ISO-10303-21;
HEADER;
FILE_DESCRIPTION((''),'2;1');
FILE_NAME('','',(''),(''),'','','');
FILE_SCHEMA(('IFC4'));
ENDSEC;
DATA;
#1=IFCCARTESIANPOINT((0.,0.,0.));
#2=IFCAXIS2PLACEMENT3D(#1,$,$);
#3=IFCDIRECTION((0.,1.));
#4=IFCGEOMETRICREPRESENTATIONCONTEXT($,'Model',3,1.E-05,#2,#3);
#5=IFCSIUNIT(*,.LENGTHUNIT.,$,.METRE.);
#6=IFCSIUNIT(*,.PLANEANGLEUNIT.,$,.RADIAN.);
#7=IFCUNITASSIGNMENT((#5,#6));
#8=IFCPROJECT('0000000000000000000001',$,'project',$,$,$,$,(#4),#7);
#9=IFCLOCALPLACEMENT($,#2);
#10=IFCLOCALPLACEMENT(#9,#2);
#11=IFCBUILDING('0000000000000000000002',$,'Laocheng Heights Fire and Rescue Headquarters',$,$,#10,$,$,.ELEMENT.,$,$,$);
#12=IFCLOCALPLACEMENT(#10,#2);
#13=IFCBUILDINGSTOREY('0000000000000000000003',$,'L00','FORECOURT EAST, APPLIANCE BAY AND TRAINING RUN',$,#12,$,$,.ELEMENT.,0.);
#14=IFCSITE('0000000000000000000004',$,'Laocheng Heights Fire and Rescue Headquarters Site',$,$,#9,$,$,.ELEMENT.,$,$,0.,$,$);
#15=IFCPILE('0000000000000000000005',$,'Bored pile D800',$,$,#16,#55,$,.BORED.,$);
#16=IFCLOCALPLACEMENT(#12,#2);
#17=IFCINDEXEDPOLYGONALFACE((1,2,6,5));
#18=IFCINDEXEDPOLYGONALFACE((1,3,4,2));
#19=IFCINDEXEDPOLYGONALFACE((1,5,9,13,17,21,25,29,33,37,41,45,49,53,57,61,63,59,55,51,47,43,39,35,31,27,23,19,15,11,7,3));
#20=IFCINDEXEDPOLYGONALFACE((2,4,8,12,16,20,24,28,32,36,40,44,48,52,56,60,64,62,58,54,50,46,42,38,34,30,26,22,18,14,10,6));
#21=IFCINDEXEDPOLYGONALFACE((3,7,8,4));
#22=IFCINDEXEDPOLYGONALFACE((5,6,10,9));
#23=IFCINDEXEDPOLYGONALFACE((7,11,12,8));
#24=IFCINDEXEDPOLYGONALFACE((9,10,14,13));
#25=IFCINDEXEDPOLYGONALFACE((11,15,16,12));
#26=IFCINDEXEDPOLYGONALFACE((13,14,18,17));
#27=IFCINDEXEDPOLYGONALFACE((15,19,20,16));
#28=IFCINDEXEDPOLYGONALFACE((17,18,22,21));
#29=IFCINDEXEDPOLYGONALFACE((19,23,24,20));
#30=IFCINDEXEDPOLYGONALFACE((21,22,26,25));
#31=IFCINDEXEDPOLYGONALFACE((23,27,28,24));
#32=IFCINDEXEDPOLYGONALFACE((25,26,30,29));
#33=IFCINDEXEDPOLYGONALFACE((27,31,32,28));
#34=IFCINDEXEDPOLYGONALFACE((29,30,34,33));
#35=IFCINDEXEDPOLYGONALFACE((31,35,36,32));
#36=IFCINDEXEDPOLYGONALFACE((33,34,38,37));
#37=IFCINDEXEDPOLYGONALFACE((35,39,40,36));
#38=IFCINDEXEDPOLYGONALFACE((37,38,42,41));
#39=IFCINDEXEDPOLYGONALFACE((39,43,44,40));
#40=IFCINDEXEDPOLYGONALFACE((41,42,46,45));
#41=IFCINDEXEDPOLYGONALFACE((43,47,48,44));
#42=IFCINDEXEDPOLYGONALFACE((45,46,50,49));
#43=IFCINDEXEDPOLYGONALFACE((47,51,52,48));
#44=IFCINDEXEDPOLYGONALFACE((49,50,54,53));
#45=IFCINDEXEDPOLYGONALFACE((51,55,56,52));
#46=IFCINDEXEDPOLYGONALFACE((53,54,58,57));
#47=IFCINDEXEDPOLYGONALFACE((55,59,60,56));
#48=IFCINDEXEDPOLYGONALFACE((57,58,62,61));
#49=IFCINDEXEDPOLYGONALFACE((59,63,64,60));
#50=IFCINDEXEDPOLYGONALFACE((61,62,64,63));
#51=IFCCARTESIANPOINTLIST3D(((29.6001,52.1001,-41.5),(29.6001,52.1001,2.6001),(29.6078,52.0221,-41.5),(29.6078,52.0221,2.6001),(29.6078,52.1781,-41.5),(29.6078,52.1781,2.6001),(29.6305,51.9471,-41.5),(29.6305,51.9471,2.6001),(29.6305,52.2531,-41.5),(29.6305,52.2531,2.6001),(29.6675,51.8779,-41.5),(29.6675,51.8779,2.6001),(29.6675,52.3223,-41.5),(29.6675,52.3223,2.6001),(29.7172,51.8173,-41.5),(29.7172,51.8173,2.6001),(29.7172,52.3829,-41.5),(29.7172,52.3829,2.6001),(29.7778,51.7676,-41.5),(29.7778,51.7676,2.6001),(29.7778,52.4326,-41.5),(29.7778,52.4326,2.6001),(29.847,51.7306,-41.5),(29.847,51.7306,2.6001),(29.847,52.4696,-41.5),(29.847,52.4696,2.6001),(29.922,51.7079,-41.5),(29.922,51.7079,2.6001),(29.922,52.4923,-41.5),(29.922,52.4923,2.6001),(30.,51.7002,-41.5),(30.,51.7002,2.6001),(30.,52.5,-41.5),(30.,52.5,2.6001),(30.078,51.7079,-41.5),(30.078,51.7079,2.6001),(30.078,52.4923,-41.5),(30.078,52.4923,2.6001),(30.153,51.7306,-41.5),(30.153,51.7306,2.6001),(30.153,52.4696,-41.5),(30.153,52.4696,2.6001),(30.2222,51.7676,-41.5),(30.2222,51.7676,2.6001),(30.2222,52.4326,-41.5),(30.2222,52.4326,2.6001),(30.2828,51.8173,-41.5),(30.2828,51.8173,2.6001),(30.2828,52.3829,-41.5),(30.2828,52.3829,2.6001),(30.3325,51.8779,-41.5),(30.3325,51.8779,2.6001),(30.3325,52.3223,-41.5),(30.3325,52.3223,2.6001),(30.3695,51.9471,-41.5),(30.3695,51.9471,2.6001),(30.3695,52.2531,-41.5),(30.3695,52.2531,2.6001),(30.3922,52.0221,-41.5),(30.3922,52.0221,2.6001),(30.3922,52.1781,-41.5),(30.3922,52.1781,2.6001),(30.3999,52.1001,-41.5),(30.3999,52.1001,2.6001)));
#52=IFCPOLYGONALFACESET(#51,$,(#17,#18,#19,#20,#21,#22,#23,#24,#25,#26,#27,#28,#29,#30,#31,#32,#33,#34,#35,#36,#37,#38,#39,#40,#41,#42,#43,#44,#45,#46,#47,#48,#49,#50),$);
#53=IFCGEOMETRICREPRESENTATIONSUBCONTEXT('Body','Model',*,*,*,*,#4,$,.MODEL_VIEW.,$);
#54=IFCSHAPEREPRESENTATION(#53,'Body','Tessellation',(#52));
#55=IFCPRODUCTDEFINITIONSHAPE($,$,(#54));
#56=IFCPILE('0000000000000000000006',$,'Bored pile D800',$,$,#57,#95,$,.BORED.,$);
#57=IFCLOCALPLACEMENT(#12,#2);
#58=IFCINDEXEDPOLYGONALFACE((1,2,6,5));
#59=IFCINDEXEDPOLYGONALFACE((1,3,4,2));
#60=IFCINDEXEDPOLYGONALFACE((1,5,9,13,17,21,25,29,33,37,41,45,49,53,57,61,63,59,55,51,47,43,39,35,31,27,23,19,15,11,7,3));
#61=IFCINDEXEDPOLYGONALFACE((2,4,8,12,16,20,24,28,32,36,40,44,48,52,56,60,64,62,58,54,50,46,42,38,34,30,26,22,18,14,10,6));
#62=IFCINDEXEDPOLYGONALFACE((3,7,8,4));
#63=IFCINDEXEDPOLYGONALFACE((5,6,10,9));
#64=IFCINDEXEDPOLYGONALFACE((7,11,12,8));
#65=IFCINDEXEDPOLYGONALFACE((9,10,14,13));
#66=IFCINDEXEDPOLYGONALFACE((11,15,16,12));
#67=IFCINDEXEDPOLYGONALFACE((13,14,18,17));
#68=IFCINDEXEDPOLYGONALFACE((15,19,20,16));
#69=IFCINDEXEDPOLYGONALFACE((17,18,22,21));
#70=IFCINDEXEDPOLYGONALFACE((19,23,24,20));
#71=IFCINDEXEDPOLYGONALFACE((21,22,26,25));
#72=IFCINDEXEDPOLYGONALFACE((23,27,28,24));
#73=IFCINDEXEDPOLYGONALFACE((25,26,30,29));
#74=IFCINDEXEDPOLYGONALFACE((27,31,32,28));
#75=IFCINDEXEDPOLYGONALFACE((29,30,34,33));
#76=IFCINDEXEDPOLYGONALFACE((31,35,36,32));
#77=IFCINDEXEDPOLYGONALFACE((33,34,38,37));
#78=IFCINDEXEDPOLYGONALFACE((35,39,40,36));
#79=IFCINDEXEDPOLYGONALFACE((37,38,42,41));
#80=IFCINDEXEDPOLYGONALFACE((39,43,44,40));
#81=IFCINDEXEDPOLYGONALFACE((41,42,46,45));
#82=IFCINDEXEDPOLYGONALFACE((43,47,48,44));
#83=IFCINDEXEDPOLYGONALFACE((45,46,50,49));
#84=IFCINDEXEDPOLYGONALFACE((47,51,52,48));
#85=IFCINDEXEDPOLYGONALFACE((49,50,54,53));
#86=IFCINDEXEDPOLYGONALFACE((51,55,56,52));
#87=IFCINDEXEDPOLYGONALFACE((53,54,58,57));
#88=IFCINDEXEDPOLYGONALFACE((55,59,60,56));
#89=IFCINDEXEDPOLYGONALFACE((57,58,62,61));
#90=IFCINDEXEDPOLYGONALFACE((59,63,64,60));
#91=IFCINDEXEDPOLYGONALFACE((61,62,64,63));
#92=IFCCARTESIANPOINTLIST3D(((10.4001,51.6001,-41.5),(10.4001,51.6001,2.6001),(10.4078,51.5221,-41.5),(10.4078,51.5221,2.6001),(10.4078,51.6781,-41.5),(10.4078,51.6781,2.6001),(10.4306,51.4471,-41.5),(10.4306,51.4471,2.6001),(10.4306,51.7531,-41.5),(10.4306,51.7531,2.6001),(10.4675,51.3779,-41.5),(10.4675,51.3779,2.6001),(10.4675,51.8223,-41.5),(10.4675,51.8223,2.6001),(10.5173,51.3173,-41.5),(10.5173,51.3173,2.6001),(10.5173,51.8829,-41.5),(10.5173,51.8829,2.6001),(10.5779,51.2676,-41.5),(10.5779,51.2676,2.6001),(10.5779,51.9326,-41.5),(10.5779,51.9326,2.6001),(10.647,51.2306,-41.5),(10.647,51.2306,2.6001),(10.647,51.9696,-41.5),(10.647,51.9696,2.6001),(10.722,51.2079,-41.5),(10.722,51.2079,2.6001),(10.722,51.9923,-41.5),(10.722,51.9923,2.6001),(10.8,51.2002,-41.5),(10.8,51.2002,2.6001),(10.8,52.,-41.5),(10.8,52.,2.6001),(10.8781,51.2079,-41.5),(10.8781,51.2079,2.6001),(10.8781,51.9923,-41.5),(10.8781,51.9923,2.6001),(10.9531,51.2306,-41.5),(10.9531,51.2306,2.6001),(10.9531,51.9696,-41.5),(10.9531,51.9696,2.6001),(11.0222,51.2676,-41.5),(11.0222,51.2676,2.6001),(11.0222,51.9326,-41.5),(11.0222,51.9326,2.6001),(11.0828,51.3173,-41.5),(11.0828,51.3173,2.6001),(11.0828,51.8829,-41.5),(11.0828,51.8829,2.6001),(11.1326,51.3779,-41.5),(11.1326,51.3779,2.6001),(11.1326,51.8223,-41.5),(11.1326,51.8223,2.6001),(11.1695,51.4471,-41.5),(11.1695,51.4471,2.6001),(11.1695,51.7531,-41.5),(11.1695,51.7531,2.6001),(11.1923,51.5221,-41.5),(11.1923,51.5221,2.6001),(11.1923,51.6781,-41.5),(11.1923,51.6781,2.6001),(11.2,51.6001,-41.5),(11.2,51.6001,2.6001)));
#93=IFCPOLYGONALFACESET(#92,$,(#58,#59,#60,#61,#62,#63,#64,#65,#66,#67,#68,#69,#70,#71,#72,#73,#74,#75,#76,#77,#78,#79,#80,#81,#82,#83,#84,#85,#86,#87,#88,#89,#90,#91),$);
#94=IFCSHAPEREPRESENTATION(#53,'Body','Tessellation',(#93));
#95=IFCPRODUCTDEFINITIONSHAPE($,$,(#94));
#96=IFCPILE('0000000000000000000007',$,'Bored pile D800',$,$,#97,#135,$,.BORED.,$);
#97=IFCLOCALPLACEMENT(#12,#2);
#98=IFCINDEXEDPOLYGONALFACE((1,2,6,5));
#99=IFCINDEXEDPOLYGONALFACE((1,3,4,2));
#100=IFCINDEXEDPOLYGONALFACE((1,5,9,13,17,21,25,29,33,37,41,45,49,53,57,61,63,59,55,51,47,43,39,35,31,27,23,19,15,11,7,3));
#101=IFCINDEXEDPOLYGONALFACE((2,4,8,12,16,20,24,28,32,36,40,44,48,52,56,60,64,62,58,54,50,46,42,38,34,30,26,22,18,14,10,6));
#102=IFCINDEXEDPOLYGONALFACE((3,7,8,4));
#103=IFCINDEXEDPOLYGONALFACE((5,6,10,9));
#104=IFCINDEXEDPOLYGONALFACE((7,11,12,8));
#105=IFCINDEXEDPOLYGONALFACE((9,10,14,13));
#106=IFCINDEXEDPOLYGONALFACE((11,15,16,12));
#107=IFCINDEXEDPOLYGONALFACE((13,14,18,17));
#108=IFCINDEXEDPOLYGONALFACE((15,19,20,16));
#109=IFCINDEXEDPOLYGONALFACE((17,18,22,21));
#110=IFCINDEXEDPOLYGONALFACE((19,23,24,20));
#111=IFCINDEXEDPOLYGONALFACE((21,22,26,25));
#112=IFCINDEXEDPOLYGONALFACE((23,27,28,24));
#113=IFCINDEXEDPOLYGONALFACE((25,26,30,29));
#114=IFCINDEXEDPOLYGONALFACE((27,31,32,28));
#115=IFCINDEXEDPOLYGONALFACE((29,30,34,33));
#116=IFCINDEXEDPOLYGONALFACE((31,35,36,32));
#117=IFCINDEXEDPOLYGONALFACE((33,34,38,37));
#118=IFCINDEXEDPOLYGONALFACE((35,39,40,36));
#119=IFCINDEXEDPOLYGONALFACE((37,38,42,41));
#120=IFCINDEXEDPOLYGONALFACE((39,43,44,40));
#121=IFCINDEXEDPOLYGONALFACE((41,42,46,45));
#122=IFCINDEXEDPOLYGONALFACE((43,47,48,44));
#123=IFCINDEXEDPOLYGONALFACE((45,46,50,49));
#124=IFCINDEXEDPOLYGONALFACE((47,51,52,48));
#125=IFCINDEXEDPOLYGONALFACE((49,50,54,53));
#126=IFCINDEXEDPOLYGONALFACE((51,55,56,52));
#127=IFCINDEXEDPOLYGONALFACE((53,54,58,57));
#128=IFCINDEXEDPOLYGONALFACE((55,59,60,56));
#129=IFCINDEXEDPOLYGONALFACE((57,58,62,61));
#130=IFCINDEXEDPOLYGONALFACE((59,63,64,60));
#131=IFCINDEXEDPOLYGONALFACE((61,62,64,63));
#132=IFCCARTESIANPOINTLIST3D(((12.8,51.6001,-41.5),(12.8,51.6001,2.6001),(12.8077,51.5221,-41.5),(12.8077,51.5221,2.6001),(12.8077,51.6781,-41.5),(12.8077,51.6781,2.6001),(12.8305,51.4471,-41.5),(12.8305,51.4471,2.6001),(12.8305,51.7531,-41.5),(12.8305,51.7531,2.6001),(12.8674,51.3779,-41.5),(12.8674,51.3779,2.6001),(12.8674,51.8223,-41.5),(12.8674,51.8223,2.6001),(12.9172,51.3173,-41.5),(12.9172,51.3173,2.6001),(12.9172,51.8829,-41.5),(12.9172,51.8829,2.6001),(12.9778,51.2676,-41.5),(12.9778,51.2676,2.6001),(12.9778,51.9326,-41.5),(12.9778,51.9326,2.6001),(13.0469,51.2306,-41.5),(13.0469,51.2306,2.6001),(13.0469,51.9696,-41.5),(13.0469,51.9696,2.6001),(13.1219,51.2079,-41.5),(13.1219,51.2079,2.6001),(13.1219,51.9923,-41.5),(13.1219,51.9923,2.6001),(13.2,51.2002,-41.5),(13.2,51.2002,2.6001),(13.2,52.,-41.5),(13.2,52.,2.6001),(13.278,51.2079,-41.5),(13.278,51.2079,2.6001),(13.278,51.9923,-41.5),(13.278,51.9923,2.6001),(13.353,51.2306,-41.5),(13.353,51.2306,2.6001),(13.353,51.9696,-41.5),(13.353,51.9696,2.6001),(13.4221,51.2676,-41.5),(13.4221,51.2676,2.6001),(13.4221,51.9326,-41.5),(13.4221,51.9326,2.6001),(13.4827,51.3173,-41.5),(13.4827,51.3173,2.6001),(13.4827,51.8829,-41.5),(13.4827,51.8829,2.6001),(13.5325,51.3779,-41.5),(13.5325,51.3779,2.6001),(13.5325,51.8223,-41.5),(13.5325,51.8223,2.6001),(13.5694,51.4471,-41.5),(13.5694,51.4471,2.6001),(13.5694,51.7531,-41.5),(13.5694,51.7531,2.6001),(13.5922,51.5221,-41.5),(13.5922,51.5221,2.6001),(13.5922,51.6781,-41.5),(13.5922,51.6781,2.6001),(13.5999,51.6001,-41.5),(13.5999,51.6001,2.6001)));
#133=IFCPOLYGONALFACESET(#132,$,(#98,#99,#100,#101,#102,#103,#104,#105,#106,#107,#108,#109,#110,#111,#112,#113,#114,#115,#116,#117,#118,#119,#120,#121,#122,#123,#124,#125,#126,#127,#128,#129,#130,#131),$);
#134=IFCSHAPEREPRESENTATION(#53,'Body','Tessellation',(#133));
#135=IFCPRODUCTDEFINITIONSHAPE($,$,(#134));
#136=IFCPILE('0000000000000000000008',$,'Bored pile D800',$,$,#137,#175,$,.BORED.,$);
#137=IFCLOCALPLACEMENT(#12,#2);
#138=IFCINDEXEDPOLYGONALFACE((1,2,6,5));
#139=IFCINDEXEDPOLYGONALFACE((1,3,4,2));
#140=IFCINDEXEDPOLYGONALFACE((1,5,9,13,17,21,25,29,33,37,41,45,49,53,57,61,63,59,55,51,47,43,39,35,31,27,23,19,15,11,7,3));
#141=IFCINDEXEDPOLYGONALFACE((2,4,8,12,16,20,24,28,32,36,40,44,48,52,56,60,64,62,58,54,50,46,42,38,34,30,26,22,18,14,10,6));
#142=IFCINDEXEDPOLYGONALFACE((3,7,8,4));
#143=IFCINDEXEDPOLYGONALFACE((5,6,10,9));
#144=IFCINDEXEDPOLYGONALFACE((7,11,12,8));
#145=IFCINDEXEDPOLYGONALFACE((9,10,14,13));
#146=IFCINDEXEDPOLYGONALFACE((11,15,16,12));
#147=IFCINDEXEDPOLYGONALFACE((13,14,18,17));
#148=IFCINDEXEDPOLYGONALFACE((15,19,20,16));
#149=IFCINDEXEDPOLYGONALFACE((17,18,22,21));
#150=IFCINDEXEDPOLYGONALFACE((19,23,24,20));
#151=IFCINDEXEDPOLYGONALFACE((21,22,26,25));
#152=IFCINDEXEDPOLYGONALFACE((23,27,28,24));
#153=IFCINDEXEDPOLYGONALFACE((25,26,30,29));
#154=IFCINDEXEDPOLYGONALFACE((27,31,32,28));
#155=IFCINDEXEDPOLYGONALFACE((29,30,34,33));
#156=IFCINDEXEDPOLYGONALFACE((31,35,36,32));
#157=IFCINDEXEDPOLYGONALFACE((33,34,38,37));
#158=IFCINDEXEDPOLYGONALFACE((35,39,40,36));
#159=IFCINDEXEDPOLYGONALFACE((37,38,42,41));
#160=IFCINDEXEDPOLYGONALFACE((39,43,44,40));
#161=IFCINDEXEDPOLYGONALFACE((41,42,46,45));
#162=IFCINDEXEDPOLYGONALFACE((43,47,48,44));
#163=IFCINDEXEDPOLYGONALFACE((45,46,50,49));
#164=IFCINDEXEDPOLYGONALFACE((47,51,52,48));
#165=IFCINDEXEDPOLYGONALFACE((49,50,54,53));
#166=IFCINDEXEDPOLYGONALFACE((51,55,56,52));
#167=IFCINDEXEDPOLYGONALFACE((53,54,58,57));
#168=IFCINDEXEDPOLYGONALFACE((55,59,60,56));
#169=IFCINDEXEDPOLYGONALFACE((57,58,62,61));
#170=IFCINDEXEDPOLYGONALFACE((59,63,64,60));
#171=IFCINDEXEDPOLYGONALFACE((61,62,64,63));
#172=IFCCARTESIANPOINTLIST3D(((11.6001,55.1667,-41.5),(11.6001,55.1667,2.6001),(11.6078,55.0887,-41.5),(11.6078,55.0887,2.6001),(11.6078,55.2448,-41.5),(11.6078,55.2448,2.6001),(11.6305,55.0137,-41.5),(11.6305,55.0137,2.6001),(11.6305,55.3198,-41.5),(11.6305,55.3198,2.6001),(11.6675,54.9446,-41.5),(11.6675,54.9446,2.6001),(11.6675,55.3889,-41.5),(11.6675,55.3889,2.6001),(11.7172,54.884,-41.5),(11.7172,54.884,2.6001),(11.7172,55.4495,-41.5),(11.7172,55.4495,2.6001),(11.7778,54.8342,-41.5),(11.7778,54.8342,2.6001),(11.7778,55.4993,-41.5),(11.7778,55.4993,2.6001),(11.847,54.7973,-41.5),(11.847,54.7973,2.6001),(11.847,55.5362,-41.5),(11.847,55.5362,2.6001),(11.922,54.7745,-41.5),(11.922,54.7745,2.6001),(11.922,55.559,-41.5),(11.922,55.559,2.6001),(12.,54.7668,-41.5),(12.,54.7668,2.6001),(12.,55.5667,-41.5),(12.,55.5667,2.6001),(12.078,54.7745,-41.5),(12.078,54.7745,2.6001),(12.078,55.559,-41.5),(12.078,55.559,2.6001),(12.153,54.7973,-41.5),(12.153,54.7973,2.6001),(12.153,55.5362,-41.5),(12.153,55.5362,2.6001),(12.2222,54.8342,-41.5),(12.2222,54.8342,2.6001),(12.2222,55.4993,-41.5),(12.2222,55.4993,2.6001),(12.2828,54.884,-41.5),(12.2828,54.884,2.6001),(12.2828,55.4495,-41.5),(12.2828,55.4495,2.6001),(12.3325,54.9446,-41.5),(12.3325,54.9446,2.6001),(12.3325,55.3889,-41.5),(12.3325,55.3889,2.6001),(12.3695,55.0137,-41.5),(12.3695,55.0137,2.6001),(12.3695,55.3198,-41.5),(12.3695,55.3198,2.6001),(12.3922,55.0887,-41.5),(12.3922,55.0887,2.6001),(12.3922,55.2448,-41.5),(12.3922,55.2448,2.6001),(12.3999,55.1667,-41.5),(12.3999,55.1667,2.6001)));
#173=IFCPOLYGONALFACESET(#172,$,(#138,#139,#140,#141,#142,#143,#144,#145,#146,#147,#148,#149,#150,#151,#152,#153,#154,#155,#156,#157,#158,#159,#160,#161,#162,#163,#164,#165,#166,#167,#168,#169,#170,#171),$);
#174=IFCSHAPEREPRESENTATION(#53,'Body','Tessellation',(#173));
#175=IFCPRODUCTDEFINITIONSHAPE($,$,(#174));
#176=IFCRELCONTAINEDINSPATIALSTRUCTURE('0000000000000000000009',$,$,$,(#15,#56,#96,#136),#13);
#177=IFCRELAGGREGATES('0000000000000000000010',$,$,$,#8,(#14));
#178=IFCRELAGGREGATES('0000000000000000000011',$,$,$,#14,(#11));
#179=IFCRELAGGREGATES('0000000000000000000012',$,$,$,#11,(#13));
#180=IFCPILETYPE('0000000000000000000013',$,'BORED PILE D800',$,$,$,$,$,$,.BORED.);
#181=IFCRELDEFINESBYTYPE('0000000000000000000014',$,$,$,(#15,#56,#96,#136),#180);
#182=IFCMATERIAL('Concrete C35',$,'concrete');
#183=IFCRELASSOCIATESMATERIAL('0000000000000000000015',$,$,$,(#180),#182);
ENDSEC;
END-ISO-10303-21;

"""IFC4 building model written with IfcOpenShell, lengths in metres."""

from ifc_helpers import new_model, si_unit, direction, frame, origin, origin_2d, place, context, subcontext, project, spatial, circle, extrude, material, material_profile, profile_set, type_object, element, save


model = new_model("IFC4")

# Units and contexts
model_context = context("Model", 3, precision=1e-05, world=origin(), true_north=direction((0.0, 1.0)))
body_context = subcontext(model_context, "Body", "Model", "MODEL_VIEW")
ifc_project = project(units=[si_unit("LENGTHUNIT", "METRE"), si_unit("PLANEANGLEUNIT", "RADIAN")], contexts=[model_context])

# Site, building, storey
site_placement = place(None, origin())
site = spatial("IfcSite", under=ifc_project, at=site_placement, Name="Laocheng Heights Fire and Rescue Headquarters Site", CompositionType="ELEMENT", RefElevation=0.0)
building_placement = place(site_placement, origin())
building = spatial("IfcBuilding", under=site, at=building_placement, Name="Laocheng Heights Fire and Rescue Headquarters", CompositionType="ELEMENT")
storey_placement = place(building_placement, origin())
storey = spatial("IfcBuildingStorey", under=building, at=storey_placement, Name="L00", Description="FORECOURT EAST, APPLIANCE BAY AND TRAINING RUN", CompositionType="ELEMENT", Elevation=0.0)

# Piles
ifc_material_1 = material(Name="Concrete C35", Category="concrete")
ifc_material_profile_1 = material_profile(ifc_material_1, circle(Radius=0.3999, at=origin_2d()), Name="BORED PILE D800")
ifc_profile_set_1 = profile_set([ifc_material_profile_1], Name="Concrete C35")
pile_type_1 = type_object("IfcPileType", Name="BORED PILE D800", PredefinedType="BORED", material=ifc_profile_set_1)
for number, where, z_axis, x_axis, name in (
    (1, (30.0, 52.1001, 2.6001), (0.0, 0.0, -1.0), (1.0, 0.0, 0.0), "Bored pile D800"),
    (2, (10.8, 51.6001, 2.6001), (0.0, 0.0, -1.0), (1.0, 0.0, 0.0), "Bored pile D800"),
    (3, (13.2, 51.6001, 2.6001), (0.0, 0.0, -1.0), (1.0, 0.0, 0.0), "Bored pile D800"),
    (4, (12.0, 55.1667, 2.6001), (0.0, 0.0, -1.0), (1.0, 0.0, 0.0), "Bored pile D800"),
):
    element("IfcPile", number, at=place(storey_placement, frame(where, z_axis=z_axis, x_axis=x_axis)), inside=storey, type_object=pile_type_1, Name=name, PredefinedType="BORED", context=body_context, shape_type="SweptSolid", body=[
        extrude(circle(Radius=0.3999, at=origin_2d()), origin(), (0.0, 0.0, 1.0), 44.1001),
    ])

save(model, "model.ifc")
